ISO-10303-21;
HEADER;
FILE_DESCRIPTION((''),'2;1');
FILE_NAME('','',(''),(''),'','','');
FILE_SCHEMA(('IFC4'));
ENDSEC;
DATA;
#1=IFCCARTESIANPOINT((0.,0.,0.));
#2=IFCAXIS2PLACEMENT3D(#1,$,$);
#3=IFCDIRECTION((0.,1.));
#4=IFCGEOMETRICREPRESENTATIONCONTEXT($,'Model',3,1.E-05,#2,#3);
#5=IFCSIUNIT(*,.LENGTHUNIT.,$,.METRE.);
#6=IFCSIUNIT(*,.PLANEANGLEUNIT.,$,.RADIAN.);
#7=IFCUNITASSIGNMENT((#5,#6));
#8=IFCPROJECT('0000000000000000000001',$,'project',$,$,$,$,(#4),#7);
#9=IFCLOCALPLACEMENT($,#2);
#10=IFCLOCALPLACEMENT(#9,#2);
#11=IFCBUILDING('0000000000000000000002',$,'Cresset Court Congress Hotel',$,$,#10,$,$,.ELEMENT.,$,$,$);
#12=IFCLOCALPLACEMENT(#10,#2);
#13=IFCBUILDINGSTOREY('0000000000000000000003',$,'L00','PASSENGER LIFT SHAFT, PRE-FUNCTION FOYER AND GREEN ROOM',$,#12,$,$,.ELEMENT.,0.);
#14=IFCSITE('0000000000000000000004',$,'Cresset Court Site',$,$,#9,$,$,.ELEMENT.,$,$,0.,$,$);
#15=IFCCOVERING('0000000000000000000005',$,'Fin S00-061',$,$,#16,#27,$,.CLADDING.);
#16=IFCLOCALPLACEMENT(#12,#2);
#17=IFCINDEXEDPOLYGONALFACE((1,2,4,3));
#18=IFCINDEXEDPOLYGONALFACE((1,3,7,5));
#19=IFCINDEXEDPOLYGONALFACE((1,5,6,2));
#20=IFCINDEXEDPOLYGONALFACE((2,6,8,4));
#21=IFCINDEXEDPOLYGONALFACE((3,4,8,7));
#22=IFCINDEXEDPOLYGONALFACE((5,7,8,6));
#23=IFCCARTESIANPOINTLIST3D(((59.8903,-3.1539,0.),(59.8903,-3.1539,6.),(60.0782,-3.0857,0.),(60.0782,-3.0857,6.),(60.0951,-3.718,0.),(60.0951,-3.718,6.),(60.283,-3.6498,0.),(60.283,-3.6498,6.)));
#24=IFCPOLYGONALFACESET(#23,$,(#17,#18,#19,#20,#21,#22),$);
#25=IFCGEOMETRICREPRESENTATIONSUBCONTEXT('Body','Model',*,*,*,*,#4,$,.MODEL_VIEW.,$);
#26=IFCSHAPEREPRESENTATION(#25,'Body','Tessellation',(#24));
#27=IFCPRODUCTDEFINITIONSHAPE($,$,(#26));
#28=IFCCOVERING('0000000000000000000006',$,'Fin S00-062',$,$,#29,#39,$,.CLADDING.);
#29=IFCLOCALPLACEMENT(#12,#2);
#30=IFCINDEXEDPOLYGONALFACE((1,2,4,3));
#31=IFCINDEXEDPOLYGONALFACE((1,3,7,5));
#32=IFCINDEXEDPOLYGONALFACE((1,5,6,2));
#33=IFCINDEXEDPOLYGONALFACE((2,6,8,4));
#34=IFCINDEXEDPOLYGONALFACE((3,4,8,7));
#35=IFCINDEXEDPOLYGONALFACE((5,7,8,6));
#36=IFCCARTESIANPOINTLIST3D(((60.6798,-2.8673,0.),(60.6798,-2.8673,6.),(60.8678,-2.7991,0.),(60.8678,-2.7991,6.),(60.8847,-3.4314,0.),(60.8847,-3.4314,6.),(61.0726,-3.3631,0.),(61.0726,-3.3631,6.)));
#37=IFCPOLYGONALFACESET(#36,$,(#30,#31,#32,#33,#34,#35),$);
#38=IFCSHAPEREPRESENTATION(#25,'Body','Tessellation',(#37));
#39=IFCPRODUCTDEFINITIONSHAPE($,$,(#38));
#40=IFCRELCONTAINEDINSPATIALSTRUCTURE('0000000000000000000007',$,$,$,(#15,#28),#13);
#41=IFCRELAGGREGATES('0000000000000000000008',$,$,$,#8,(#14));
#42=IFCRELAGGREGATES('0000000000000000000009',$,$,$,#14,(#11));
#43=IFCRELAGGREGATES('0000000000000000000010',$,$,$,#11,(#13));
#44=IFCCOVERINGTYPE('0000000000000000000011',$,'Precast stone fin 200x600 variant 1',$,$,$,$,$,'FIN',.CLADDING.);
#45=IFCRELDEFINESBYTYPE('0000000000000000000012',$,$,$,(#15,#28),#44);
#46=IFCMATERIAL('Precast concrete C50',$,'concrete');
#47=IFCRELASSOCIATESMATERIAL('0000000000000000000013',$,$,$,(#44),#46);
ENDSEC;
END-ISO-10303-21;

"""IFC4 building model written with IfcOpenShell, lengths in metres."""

from ifc_helpers import new_model, si_unit, direction, frame, origin, origin_2d, place, context, subcontext, project, spatial, rectangle, extrude, material, type_object, element, save


model = new_model("IFC4")

# Units and contexts
model_context = context("Model", 3, precision=1e-05, world=origin(), true_north=direction((0.0, 1.0)))
body_context = subcontext(model_context, "Body", "Model", "MODEL_VIEW")
ifc_project = project(units=[si_unit("LENGTHUNIT", "METRE"), si_unit("PLANEANGLEUNIT", "RADIAN")], contexts=[model_context])

# Site, building, storey
site_placement = place(None, origin())
site = spatial("IfcSite", under=ifc_project, at=site_placement, Name="Cresset Court Site", CompositionType="ELEMENT", RefElevation=0.0)
building_placement = place(site_placement, origin())
building = spatial("IfcBuilding", under=site, at=building_placement, Name="Cresset Court Congress Hotel", CompositionType="ELEMENT")
storey_placement = place(building_placement, origin())
storey = spatial("IfcBuildingStorey", under=building, at=storey_placement, Name="L00", Description="PASSENGER LIFT SHAFT, PRE-FUNCTION FOYER AND GREEN ROOM", CompositionType="ELEMENT", Elevation=0.0)

# Coverings
ifc_material_1 = material(Name="Precast concrete C50", Category="concrete")
covering_type = type_object("IfcCoveringType", Name="Precast stone fin 200x600 variant 1", ElementType="FIN", PredefinedType="CLADDING", material=ifc_material_1)
for number, where, z_axis, x_axis, name in (
    (1, (60.0867, -3.4019, 0.0), (0.0, 0.0, 1.0), (0.939957, 0.341293, 0.0), "Fin S00-061"),
    (2, (60.8762, -3.1152, 0.0), (0.0, 0.0, 1.0), (0.939957, 0.341293, 0.0), "Fin S00-062"),
):
    element("IfcCovering", number, at=place(storey_placement, frame(where, z_axis=z_axis, x_axis=x_axis)), inside=storey, type_object=covering_type, Name=name, PredefinedType="CLADDING", context=body_context, shape_type="SweptSolid", body=[
        extrude(rectangle(XDim=0.2, YDim=0.6001, at=origin_2d()), origin(), (0.0, 0.0, 1.0), 6.0),
    ])

save(model, "model.ifc")
